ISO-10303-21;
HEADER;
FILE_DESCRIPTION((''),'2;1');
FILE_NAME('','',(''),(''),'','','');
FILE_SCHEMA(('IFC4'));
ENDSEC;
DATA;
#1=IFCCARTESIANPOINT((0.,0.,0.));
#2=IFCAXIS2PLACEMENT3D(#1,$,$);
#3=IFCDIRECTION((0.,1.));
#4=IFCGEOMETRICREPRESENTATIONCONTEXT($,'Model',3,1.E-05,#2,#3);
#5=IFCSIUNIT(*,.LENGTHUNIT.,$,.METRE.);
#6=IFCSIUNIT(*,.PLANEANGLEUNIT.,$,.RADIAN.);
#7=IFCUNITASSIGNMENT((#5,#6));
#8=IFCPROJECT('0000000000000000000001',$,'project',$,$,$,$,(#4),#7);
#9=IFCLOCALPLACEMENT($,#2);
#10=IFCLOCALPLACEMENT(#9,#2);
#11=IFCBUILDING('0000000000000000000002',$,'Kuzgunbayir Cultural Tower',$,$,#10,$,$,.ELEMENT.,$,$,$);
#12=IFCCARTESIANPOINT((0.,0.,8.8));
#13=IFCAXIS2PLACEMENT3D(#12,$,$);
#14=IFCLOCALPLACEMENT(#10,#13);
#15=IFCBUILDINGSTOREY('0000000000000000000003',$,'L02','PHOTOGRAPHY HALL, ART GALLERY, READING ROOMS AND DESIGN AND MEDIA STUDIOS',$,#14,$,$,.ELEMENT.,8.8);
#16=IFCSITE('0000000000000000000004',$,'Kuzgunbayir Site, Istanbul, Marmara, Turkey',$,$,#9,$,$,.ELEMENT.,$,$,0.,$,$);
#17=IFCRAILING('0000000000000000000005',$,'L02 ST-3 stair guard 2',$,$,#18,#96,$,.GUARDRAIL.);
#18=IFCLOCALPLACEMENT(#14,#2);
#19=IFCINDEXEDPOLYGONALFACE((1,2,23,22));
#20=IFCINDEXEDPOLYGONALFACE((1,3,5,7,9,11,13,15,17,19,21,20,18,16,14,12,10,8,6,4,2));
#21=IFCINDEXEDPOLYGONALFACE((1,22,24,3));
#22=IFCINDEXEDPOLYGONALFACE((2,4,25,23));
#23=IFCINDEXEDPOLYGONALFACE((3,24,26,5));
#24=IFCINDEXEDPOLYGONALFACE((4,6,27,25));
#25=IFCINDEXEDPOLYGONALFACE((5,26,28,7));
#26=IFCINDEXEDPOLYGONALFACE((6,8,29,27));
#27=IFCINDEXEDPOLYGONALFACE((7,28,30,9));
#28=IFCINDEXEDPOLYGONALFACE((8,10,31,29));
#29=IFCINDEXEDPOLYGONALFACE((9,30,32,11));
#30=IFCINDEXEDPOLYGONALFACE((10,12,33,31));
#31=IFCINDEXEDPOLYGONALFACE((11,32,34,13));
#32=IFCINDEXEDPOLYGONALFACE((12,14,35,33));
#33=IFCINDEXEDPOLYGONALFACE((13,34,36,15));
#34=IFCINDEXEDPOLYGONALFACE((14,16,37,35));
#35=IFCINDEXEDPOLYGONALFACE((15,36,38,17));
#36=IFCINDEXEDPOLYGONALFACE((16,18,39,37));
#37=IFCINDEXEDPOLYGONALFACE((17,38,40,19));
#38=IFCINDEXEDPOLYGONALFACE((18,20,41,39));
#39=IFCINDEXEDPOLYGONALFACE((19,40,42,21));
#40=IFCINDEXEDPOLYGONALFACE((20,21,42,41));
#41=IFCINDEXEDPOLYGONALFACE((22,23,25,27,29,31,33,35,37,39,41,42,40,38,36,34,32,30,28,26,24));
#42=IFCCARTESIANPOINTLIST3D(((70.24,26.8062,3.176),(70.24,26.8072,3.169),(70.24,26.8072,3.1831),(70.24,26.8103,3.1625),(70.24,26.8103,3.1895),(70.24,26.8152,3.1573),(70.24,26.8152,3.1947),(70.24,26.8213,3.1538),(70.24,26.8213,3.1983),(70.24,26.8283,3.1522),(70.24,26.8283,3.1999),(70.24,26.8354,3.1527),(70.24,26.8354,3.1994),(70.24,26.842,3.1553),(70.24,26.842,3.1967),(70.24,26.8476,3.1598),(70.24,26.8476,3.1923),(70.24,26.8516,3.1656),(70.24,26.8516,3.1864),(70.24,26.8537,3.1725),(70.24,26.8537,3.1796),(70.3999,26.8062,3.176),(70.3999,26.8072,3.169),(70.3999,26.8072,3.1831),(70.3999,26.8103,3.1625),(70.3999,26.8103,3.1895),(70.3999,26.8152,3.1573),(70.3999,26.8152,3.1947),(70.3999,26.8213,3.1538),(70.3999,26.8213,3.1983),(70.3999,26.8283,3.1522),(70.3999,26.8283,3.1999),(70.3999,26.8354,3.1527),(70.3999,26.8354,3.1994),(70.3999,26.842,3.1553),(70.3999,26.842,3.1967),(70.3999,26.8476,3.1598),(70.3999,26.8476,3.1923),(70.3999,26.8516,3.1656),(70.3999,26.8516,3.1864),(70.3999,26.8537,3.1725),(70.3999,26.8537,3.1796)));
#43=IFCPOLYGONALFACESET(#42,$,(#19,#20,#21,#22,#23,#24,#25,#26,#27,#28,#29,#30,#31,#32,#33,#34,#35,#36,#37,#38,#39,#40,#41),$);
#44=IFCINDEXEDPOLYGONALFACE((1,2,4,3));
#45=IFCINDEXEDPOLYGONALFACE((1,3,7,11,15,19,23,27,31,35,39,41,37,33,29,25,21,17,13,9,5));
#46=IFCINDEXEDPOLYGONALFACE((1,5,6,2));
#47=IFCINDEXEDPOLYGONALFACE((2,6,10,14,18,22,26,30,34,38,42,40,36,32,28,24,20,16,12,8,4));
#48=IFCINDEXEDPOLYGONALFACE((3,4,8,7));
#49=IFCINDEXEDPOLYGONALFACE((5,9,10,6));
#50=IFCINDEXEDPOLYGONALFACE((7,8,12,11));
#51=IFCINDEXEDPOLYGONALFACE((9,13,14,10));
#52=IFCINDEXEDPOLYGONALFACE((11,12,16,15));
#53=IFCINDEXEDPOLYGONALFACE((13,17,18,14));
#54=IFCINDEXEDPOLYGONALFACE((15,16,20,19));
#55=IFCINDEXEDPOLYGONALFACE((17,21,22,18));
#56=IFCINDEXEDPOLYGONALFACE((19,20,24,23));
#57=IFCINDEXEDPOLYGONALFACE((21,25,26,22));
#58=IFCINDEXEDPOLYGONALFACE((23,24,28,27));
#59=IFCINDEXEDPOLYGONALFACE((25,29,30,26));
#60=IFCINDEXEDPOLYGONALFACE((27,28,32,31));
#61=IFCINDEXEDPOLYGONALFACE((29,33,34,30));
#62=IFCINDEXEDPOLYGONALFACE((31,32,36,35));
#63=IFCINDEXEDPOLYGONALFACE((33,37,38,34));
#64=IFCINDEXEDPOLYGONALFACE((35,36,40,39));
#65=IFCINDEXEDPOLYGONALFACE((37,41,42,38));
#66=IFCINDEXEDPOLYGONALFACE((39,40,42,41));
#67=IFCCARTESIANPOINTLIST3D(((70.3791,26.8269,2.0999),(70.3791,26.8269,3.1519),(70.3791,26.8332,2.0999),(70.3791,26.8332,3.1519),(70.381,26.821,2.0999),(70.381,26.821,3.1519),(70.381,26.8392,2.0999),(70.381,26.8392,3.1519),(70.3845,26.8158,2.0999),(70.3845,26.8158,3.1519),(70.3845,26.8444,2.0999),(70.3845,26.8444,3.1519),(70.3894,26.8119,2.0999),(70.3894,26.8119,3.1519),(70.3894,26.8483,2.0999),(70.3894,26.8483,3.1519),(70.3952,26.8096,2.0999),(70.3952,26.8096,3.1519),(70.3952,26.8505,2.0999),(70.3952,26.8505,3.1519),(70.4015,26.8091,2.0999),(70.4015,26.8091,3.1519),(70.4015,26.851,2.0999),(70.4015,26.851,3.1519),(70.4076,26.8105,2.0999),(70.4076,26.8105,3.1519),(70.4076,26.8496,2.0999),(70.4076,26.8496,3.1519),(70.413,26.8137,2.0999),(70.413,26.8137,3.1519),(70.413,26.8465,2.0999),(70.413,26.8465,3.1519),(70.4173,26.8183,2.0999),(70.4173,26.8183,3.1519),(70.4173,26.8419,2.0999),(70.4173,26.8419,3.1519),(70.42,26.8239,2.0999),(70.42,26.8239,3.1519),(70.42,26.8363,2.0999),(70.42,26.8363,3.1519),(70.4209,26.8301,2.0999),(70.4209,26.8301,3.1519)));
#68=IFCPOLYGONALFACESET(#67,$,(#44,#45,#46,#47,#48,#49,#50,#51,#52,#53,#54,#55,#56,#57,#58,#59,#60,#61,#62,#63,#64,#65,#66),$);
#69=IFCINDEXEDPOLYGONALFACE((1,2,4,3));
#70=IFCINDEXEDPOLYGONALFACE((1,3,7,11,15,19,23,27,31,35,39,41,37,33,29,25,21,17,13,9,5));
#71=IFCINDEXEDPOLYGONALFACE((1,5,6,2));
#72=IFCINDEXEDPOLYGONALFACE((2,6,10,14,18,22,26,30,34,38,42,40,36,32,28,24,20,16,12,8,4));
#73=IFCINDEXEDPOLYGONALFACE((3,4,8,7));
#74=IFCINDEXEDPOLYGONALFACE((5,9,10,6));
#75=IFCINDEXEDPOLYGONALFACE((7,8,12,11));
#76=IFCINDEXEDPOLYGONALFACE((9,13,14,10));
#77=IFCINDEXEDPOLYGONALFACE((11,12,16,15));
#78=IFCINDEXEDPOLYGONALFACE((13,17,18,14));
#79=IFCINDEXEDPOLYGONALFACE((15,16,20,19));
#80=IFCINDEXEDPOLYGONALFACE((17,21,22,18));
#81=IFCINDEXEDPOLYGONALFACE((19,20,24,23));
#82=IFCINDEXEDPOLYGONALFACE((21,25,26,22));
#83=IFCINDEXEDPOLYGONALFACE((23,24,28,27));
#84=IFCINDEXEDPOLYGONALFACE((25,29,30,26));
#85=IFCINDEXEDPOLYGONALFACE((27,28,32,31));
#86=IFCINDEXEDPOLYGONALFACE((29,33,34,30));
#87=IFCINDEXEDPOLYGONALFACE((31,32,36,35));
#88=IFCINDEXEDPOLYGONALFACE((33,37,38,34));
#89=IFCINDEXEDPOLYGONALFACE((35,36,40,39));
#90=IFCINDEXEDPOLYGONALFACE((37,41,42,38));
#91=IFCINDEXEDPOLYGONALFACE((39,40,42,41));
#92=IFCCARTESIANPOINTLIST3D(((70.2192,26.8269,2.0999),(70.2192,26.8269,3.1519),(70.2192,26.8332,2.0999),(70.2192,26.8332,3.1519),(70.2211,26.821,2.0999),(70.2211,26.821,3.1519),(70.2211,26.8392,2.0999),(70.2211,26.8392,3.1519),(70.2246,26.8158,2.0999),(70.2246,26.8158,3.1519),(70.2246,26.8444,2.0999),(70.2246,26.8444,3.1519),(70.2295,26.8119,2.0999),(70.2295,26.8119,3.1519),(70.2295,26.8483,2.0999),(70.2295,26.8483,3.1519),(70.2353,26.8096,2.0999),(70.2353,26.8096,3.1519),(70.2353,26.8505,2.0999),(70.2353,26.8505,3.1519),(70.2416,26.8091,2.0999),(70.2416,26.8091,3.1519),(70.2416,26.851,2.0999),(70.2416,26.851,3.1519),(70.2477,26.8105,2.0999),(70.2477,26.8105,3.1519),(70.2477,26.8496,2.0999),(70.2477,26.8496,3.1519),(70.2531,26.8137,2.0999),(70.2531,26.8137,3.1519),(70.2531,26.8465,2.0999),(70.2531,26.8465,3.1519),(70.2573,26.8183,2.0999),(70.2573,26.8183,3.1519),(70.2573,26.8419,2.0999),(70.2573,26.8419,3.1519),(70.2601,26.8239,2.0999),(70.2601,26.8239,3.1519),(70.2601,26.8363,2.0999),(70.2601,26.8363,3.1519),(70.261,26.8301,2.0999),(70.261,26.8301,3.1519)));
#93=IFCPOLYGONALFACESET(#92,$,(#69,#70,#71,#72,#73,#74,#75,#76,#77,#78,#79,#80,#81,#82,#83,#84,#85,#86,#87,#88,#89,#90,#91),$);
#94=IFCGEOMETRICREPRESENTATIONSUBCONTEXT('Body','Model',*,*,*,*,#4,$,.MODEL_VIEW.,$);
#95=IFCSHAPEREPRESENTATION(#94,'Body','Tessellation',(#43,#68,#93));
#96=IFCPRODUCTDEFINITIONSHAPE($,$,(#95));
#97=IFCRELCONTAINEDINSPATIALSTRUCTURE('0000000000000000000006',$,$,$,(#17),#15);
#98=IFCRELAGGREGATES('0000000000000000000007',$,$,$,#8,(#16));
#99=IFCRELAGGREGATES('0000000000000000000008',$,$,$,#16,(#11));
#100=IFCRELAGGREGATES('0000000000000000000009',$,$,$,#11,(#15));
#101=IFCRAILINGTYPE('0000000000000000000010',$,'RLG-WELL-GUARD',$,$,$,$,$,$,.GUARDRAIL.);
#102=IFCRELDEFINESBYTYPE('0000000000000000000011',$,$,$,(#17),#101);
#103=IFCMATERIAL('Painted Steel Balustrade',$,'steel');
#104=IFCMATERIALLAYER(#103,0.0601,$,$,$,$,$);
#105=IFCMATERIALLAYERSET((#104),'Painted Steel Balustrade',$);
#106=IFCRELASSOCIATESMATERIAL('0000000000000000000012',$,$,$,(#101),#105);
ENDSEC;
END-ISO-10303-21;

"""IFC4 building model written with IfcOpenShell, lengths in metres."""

from ifc_helpers import new_model, si_unit, direction, frame, origin, origin_2d, place, context, subcontext, project, spatial, circle, extrude, material, layer, layer_set, type_object, element, save


model = new_model("IFC4")

# Units and contexts
model_context = context("Model", 3, precision=1e-05, world=origin(), true_north=direction((0.0, 1.0)))
body_context = subcontext(model_context, "Body", "Model", "MODEL_VIEW")
ifc_project = project(units=[si_unit("LENGTHUNIT", "METRE"), si_unit("PLANEANGLEUNIT", "RADIAN")], contexts=[model_context])

# Site, building, storey
site_placement = place(None, origin())
site = spatial("IfcSite", under=ifc_project, at=site_placement, Name="Kuzgunbayir Site, Istanbul, Marmara, Turkey", CompositionType="ELEMENT", RefElevation=0.0)
building_placement = place(site_placement, origin())
building = spatial("IfcBuilding", under=site, at=building_placement, Name="Kuzgunbayir Cultural Tower", CompositionType="ELEMENT")
storey_placement = place(building_placement, frame((0.0, 0.0, 8.8)))
storey = spatial("IfcBuildingStorey", under=building, at=storey_placement, Name="L02", Description="PHOTOGRAPHY HALL, ART GALLERY, READING ROOMS AND DESIGN AND MEDIA STUDIOS", CompositionType="ELEMENT", Elevation=8.8)

# Railing
ifc_material_1 = material(Name="Painted Steel Balustrade", Category="steel")
ifc_layer_1 = layer(ifc_material_1, 0.0601)
ifc_layer_set_1 = layer_set([ifc_layer_1], Name="Painted Steel Balustrade")
railing_type_1 = type_object("IfcRailingType", Name="RLG-WELL-GUARD", PredefinedType="GUARDRAIL", material=ifc_layer_set_1)
railing_1_placement = place(storey_placement, frame((70.3999, 26.8301, 2.0999)))
element("IfcRailing", 1, at=railing_1_placement, inside=storey, type_object=railing_type_1, Name="L02 ST-3 stair guard 2", PredefinedType="GUARDRAIL", context=body_context, shape_type="SweptSolid", body=[
    extrude(circle(Radius=0.0239, at=origin_2d()), frame((0.0, 0.0, 1.0762), z_axis=(-1.0, 0.0, 0.0), x_axis=(0.0, -1.0, 0.0)), (0.0, 0.0, 1.0), 0.1599),
    extrude(circle(Radius=0.021, at=origin_2d()), origin(), (0.0, 0.0, 1.0), 1.052),
    extrude(circle(Radius=0.021, at=origin_2d()), frame((-0.1599, 0.0, 0.0)), (0.0, 0.0, 1.0), 1.052),
])

save(model, "model.ifc")
